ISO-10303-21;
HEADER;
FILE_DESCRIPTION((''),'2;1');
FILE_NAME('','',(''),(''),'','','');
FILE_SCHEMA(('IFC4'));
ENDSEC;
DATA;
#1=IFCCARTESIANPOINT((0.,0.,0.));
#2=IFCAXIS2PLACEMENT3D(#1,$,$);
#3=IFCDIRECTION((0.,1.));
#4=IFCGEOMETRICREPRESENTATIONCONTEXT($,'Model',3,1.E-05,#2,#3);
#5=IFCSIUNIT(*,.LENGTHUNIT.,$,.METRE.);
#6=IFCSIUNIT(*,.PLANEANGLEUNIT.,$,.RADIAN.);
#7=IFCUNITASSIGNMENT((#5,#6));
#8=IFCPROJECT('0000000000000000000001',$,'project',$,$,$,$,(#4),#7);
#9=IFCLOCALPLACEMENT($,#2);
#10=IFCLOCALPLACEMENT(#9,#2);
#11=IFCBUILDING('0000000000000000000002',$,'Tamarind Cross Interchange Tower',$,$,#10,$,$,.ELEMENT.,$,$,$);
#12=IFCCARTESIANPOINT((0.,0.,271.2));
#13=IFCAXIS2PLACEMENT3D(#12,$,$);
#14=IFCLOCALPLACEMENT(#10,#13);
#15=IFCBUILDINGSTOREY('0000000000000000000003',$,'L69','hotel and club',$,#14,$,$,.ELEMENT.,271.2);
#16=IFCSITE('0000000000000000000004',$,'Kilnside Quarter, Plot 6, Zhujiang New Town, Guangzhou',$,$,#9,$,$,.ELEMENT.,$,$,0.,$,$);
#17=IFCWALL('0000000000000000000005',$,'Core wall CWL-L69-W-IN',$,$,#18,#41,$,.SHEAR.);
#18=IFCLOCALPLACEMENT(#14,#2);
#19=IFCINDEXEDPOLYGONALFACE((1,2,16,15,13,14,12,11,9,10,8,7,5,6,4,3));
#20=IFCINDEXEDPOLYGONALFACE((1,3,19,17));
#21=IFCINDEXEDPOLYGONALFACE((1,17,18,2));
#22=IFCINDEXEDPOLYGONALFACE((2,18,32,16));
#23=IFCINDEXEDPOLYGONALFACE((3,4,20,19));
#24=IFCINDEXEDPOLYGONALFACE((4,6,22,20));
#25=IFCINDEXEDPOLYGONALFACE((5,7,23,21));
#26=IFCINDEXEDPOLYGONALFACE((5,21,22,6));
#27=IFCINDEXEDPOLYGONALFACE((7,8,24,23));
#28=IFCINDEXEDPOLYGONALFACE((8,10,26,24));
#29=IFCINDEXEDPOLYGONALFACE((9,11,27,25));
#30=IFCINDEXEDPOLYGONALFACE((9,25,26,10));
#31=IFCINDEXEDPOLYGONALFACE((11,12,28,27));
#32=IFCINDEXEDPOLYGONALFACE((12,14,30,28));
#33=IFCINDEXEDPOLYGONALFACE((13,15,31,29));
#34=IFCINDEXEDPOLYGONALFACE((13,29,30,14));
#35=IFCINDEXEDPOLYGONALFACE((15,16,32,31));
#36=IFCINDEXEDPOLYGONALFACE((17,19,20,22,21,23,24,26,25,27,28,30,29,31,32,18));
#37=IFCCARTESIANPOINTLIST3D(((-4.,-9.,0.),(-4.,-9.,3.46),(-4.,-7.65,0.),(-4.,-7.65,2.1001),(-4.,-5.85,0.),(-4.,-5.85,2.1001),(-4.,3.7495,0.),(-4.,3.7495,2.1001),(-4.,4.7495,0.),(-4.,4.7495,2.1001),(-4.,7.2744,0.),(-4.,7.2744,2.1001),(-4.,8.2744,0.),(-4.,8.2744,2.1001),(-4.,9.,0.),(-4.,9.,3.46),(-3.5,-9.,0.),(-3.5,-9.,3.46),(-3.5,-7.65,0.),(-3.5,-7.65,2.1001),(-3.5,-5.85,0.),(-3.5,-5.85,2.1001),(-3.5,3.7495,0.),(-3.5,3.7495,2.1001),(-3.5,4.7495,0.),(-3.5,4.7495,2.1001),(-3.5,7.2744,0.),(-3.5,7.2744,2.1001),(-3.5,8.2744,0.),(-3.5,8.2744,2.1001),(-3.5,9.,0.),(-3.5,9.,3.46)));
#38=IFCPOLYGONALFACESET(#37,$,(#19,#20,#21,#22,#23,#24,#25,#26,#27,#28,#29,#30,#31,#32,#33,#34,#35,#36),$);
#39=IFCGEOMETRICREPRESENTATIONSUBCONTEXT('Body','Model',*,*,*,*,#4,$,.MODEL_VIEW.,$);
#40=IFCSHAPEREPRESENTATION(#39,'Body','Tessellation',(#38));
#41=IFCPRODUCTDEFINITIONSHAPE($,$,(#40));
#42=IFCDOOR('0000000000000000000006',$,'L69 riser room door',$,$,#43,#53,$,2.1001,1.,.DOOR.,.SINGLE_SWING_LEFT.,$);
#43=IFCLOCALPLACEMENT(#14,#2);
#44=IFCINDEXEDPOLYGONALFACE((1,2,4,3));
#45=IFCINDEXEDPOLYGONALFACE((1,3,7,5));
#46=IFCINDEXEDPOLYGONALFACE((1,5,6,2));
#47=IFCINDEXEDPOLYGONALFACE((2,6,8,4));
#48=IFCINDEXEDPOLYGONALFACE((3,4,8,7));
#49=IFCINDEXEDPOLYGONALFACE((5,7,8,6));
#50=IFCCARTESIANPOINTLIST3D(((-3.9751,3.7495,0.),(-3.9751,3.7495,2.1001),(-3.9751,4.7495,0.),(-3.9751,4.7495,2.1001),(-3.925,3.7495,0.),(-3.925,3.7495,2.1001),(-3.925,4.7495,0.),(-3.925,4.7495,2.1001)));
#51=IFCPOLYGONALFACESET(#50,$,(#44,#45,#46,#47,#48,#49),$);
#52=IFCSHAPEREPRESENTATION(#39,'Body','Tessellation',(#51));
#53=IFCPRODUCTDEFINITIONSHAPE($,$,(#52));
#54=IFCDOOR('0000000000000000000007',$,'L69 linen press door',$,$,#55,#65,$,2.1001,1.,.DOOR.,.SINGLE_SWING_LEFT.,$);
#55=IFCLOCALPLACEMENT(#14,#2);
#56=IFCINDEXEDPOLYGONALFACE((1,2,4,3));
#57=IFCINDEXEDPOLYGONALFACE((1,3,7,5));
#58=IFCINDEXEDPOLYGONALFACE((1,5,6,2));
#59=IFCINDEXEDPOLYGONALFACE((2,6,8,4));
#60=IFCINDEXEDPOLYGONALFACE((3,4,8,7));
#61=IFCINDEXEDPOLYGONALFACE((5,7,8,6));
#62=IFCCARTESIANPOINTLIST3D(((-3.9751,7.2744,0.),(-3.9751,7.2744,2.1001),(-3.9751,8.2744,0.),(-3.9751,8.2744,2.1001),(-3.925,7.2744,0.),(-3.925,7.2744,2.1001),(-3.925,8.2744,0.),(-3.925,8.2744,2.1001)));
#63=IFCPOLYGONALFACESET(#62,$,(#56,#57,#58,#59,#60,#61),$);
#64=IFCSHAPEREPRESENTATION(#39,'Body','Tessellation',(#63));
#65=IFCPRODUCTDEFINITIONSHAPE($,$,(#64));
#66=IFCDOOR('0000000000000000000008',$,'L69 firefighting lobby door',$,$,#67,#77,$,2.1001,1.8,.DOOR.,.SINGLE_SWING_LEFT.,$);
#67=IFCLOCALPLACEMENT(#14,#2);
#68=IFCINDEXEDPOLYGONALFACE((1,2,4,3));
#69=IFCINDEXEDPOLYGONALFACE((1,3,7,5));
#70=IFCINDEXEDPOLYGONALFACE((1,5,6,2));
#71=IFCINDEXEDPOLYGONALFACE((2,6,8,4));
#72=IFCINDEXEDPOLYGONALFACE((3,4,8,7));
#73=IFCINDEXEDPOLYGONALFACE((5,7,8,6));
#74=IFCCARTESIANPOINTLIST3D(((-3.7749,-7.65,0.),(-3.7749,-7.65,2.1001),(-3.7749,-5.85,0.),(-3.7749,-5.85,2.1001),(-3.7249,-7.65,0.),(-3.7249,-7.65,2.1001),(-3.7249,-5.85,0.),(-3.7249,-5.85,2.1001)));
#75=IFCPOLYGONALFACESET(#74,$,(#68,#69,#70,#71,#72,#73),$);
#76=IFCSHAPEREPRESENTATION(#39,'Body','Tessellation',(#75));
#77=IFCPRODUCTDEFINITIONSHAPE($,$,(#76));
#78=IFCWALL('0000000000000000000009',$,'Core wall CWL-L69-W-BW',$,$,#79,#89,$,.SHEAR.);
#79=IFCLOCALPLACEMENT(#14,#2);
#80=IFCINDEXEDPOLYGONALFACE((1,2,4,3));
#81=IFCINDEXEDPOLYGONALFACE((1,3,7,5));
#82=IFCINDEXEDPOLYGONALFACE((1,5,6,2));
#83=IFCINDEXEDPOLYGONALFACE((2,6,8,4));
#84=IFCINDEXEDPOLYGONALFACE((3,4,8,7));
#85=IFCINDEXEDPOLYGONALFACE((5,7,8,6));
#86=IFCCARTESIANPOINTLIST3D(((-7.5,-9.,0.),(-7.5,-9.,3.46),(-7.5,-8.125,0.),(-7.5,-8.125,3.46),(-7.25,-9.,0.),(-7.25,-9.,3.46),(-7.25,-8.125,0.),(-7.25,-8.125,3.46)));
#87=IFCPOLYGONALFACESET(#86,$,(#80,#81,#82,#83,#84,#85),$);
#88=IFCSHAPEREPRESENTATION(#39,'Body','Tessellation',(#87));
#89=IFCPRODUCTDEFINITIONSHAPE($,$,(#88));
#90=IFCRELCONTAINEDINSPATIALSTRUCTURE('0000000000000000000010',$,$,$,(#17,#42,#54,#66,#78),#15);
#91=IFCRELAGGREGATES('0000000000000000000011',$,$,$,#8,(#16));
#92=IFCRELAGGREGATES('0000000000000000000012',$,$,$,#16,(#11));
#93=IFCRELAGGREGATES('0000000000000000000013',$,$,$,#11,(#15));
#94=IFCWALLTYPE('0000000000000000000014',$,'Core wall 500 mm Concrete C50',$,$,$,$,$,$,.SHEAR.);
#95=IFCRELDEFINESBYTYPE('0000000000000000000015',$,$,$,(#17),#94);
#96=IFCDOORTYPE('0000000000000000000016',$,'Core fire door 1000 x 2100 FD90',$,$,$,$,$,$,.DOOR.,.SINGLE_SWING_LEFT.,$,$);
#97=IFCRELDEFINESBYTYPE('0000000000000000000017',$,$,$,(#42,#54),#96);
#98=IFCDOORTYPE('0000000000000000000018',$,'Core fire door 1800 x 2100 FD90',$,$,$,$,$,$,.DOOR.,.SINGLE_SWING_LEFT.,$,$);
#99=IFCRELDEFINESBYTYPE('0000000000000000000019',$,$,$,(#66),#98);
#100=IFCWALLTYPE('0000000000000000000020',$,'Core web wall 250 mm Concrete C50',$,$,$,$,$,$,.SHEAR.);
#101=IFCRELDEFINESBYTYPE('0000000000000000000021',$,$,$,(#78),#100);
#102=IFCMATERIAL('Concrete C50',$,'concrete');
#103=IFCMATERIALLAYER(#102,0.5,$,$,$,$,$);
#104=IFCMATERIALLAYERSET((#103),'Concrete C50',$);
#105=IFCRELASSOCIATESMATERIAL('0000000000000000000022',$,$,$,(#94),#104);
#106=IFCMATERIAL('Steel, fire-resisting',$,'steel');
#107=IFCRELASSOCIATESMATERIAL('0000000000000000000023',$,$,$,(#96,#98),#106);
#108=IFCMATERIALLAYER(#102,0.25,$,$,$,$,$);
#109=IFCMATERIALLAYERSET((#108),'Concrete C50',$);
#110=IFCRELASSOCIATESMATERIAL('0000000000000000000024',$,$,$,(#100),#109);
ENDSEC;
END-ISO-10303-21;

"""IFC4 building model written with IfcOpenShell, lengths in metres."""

from ifc_helpers import new_model, si_unit, direction, frame, frame_2d, origin, place, context, subcontext, project, spatial, rectangle, extrude, material, layer, layer_set, type_object, element, fill, save


model = new_model("IFC4")

# Units and contexts
model_context = context("Model", 3, precision=1e-05, world=origin(), true_north=direction((0.0, 1.0)))
body_context = subcontext(model_context, "Body", "Model", "MODEL_VIEW")
ifc_project = project(units=[si_unit("LENGTHUNIT", "METRE"), si_unit("PLANEANGLEUNIT", "RADIAN")], contexts=[model_context])

# Site, building, storey
site_placement = place(None, origin())
site = spatial("IfcSite", under=ifc_project, at=site_placement, Name="Kilnside Quarter, Plot 6, Zhujiang New Town, Guangzhou", CompositionType="ELEMENT", RefElevation=0.0)
building_placement = place(site_placement, origin())
building = spatial("IfcBuilding", under=site, at=building_placement, Name="Tamarind Cross Interchange Tower", CompositionType="ELEMENT")
storey_placement = place(building_placement, frame((0.0, 0.0, 271.2)))
storey = spatial("IfcBuildingStorey", under=building, at=storey_placement, Name="L69", Description="hotel and club", CompositionType="ELEMENT", Elevation=271.2)

# Wall, openings, doors
ifc_material_1 = material(Name="Concrete C50", Category="concrete")
ifc_layer_1 = layer(ifc_material_1, 0.5)
ifc_layer_set_1 = layer_set([ifc_layer_1], Name="Concrete C50")
wall_type_1 = type_object("IfcWallType", Name="Core wall 500 mm Concrete C50", PredefinedType="SHEAR", material=ifc_layer_set_1)
wall_1_placement = place(storey_placement, frame((-3.75, -9.0, 0.0), z_axis=(0.0, 0.0, 1.0), x_axis=(0.0, 1.0, 0.0)))
wall_1 = element("IfcWall", 1, at=wall_1_placement, inside=storey, type_object=wall_type_1, Name="Core wall CWL-L69-W-IN", PredefinedType="SHEAR", context=body_context, shape_type="SweptSolid", body=[
    extrude(rectangle(XDim=18.0, YDim=0.5, at=frame_2d((9.0, 0.0))), origin(), (0.0, 0.0, 1.0), 3.46),
])
opening_1_placement = place(wall_1_placement, frame((1.3501, 0.0, 0.0)))
opening_1 = element("IfcOpeningElement", 2, at=opening_1_placement, cuts=wall_1, PredefinedType="OPENING", context=body_context, shape_type="SweptSolid", body=[
    extrude(rectangle(XDim=1.8, YDim=2.1001, at=frame_2d((0.8999, 1.05))), frame((0.0, 0.26, 0.0), z_axis=(0.0, -1.0, 0.0), x_axis=(1.0, 0.0, 0.0)), (0.0, 0.0, 1.0), 0.52),
])
opening_2_placement = place(wall_1_placement, frame((12.7495, 0.0, 0.0)))
opening_2 = element("IfcOpeningElement", 3, at=opening_2_placement, cuts=wall_1, PredefinedType="OPENING", context=body_context, shape_type="SweptSolid", body=[
    extrude(rectangle(XDim=1.0, YDim=2.1001, at=frame_2d((0.5, 1.05))), frame((0.0, 0.26, 0.0), z_axis=(0.0, -1.0, 0.0), x_axis=(1.0, 0.0, 0.0)), (0.0, 0.0, 1.0), 0.52),
])
opening_3_placement = place(wall_1_placement, frame((16.2744, 0.0, 0.0)))
opening_3 = element("IfcOpeningElement", 4, at=opening_3_placement, cuts=wall_1, PredefinedType="OPENING", context=body_context, shape_type="SweptSolid", body=[
    extrude(rectangle(XDim=1.0, YDim=2.1001, at=frame_2d((0.5, 1.05))), frame((0.0, 0.26, 0.0), z_axis=(0.0, -1.0, 0.0), x_axis=(1.0, 0.0, 0.0)), (0.0, 0.0, 1.0), 0.52),
])
ifc_material_2 = material(Name="Steel, fire-resisting", Category="steel")
door_type_1 = type_object("IfcDoorType", Name="Core fire door 1000 x 2100 FD90", OperationType="SINGLE_SWING_LEFT", PredefinedType="DOOR", material=ifc_material_2)
door_1_placement = place(opening_2_placement, origin())
door_1 = element("IfcDoor", 5, at=door_1_placement, inside=storey, type_object=door_type_1, Name="L69 riser room door", OperationType="SINGLE_SWING_LEFT", OverallHeight=2.1001, OverallWidth=1.0, PredefinedType="DOOR", context=body_context, shape_type="SweptSolid", body=[
    extrude(rectangle(XDim=1.0, YDim=2.1001, at=frame_2d((0.5, 1.05))), frame((0.0, 0.2251, 0.0), z_axis=(0.0, -1.0, 0.0), x_axis=(1.0, 0.0, 0.0)), (0.0, 0.0, 1.0), 0.05),
])
fill(opening_2, door_1)
door_2_placement = place(opening_3_placement, origin())
door_2 = element("IfcDoor", 6, at=door_2_placement, inside=storey, type_object=door_type_1, Name="L69 linen press door", OperationType="SINGLE_SWING_LEFT", OverallHeight=2.1001, OverallWidth=1.0, PredefinedType="DOOR", context=body_context, shape_type="SweptSolid", body=[
    extrude(rectangle(XDim=1.0, YDim=2.1001, at=frame_2d((0.5, 1.05))), frame((0.0, 0.2251, 0.0), z_axis=(0.0, -1.0, 0.0), x_axis=(1.0, 0.0, 0.0)), (0.0, 0.0, 1.0), 0.05),
])
fill(opening_3, door_2)
door_type_2 = type_object("IfcDoorType", Name="Core fire door 1800 x 2100 FD90", OperationType="SINGLE_SWING_LEFT", PredefinedType="DOOR", material=ifc_material_2)
door_3_placement = place(opening_1_placement, origin())
door_3 = element("IfcDoor", 7, at=door_3_placement, inside=storey, type_object=door_type_2, Name="L69 firefighting lobby door", OperationType="SINGLE_SWING_LEFT", OverallHeight=2.1001, OverallWidth=1.8, PredefinedType="DOOR", context=body_context, shape_type="SweptSolid", body=[
    extrude(rectangle(XDim=1.8, YDim=2.1001, at=frame_2d((0.8999, 1.05))), frame((0.0, 0.0249, 0.0), z_axis=(0.0, -1.0, 0.0), x_axis=(1.0, 0.0, 0.0)), (0.0, 0.0, 1.0), 0.05),
])
fill(opening_1, door_3)

# Wall
ifc_layer_2 = layer(ifc_material_1, 0.25)
ifc_layer_set_2 = layer_set([ifc_layer_2], Name="Concrete C50")
wall_type_2 = type_object("IfcWallType", Name="Core web wall 250 mm Concrete C50", PredefinedType="SHEAR", material=ifc_layer_set_2)
wall_2_placement = place(storey_placement, frame((-7.375, -9.0, 0.0), z_axis=(0.0, 0.0, 1.0), x_axis=(0.0, 1.0, 0.0)))
element("IfcWall", 8, at=wall_2_placement, inside=storey, type_object=wall_type_2, Name="Core wall CWL-L69-W-BW", PredefinedType="SHEAR", context=body_context, shape_type="SweptSolid", body=[
    extrude(rectangle(XDim=0.875, YDim=0.25, at=frame_2d((0.4375, 0.0))), origin(), (0.0, 0.0, 1.0), 3.46),
])

save(model, "model.ifc")
